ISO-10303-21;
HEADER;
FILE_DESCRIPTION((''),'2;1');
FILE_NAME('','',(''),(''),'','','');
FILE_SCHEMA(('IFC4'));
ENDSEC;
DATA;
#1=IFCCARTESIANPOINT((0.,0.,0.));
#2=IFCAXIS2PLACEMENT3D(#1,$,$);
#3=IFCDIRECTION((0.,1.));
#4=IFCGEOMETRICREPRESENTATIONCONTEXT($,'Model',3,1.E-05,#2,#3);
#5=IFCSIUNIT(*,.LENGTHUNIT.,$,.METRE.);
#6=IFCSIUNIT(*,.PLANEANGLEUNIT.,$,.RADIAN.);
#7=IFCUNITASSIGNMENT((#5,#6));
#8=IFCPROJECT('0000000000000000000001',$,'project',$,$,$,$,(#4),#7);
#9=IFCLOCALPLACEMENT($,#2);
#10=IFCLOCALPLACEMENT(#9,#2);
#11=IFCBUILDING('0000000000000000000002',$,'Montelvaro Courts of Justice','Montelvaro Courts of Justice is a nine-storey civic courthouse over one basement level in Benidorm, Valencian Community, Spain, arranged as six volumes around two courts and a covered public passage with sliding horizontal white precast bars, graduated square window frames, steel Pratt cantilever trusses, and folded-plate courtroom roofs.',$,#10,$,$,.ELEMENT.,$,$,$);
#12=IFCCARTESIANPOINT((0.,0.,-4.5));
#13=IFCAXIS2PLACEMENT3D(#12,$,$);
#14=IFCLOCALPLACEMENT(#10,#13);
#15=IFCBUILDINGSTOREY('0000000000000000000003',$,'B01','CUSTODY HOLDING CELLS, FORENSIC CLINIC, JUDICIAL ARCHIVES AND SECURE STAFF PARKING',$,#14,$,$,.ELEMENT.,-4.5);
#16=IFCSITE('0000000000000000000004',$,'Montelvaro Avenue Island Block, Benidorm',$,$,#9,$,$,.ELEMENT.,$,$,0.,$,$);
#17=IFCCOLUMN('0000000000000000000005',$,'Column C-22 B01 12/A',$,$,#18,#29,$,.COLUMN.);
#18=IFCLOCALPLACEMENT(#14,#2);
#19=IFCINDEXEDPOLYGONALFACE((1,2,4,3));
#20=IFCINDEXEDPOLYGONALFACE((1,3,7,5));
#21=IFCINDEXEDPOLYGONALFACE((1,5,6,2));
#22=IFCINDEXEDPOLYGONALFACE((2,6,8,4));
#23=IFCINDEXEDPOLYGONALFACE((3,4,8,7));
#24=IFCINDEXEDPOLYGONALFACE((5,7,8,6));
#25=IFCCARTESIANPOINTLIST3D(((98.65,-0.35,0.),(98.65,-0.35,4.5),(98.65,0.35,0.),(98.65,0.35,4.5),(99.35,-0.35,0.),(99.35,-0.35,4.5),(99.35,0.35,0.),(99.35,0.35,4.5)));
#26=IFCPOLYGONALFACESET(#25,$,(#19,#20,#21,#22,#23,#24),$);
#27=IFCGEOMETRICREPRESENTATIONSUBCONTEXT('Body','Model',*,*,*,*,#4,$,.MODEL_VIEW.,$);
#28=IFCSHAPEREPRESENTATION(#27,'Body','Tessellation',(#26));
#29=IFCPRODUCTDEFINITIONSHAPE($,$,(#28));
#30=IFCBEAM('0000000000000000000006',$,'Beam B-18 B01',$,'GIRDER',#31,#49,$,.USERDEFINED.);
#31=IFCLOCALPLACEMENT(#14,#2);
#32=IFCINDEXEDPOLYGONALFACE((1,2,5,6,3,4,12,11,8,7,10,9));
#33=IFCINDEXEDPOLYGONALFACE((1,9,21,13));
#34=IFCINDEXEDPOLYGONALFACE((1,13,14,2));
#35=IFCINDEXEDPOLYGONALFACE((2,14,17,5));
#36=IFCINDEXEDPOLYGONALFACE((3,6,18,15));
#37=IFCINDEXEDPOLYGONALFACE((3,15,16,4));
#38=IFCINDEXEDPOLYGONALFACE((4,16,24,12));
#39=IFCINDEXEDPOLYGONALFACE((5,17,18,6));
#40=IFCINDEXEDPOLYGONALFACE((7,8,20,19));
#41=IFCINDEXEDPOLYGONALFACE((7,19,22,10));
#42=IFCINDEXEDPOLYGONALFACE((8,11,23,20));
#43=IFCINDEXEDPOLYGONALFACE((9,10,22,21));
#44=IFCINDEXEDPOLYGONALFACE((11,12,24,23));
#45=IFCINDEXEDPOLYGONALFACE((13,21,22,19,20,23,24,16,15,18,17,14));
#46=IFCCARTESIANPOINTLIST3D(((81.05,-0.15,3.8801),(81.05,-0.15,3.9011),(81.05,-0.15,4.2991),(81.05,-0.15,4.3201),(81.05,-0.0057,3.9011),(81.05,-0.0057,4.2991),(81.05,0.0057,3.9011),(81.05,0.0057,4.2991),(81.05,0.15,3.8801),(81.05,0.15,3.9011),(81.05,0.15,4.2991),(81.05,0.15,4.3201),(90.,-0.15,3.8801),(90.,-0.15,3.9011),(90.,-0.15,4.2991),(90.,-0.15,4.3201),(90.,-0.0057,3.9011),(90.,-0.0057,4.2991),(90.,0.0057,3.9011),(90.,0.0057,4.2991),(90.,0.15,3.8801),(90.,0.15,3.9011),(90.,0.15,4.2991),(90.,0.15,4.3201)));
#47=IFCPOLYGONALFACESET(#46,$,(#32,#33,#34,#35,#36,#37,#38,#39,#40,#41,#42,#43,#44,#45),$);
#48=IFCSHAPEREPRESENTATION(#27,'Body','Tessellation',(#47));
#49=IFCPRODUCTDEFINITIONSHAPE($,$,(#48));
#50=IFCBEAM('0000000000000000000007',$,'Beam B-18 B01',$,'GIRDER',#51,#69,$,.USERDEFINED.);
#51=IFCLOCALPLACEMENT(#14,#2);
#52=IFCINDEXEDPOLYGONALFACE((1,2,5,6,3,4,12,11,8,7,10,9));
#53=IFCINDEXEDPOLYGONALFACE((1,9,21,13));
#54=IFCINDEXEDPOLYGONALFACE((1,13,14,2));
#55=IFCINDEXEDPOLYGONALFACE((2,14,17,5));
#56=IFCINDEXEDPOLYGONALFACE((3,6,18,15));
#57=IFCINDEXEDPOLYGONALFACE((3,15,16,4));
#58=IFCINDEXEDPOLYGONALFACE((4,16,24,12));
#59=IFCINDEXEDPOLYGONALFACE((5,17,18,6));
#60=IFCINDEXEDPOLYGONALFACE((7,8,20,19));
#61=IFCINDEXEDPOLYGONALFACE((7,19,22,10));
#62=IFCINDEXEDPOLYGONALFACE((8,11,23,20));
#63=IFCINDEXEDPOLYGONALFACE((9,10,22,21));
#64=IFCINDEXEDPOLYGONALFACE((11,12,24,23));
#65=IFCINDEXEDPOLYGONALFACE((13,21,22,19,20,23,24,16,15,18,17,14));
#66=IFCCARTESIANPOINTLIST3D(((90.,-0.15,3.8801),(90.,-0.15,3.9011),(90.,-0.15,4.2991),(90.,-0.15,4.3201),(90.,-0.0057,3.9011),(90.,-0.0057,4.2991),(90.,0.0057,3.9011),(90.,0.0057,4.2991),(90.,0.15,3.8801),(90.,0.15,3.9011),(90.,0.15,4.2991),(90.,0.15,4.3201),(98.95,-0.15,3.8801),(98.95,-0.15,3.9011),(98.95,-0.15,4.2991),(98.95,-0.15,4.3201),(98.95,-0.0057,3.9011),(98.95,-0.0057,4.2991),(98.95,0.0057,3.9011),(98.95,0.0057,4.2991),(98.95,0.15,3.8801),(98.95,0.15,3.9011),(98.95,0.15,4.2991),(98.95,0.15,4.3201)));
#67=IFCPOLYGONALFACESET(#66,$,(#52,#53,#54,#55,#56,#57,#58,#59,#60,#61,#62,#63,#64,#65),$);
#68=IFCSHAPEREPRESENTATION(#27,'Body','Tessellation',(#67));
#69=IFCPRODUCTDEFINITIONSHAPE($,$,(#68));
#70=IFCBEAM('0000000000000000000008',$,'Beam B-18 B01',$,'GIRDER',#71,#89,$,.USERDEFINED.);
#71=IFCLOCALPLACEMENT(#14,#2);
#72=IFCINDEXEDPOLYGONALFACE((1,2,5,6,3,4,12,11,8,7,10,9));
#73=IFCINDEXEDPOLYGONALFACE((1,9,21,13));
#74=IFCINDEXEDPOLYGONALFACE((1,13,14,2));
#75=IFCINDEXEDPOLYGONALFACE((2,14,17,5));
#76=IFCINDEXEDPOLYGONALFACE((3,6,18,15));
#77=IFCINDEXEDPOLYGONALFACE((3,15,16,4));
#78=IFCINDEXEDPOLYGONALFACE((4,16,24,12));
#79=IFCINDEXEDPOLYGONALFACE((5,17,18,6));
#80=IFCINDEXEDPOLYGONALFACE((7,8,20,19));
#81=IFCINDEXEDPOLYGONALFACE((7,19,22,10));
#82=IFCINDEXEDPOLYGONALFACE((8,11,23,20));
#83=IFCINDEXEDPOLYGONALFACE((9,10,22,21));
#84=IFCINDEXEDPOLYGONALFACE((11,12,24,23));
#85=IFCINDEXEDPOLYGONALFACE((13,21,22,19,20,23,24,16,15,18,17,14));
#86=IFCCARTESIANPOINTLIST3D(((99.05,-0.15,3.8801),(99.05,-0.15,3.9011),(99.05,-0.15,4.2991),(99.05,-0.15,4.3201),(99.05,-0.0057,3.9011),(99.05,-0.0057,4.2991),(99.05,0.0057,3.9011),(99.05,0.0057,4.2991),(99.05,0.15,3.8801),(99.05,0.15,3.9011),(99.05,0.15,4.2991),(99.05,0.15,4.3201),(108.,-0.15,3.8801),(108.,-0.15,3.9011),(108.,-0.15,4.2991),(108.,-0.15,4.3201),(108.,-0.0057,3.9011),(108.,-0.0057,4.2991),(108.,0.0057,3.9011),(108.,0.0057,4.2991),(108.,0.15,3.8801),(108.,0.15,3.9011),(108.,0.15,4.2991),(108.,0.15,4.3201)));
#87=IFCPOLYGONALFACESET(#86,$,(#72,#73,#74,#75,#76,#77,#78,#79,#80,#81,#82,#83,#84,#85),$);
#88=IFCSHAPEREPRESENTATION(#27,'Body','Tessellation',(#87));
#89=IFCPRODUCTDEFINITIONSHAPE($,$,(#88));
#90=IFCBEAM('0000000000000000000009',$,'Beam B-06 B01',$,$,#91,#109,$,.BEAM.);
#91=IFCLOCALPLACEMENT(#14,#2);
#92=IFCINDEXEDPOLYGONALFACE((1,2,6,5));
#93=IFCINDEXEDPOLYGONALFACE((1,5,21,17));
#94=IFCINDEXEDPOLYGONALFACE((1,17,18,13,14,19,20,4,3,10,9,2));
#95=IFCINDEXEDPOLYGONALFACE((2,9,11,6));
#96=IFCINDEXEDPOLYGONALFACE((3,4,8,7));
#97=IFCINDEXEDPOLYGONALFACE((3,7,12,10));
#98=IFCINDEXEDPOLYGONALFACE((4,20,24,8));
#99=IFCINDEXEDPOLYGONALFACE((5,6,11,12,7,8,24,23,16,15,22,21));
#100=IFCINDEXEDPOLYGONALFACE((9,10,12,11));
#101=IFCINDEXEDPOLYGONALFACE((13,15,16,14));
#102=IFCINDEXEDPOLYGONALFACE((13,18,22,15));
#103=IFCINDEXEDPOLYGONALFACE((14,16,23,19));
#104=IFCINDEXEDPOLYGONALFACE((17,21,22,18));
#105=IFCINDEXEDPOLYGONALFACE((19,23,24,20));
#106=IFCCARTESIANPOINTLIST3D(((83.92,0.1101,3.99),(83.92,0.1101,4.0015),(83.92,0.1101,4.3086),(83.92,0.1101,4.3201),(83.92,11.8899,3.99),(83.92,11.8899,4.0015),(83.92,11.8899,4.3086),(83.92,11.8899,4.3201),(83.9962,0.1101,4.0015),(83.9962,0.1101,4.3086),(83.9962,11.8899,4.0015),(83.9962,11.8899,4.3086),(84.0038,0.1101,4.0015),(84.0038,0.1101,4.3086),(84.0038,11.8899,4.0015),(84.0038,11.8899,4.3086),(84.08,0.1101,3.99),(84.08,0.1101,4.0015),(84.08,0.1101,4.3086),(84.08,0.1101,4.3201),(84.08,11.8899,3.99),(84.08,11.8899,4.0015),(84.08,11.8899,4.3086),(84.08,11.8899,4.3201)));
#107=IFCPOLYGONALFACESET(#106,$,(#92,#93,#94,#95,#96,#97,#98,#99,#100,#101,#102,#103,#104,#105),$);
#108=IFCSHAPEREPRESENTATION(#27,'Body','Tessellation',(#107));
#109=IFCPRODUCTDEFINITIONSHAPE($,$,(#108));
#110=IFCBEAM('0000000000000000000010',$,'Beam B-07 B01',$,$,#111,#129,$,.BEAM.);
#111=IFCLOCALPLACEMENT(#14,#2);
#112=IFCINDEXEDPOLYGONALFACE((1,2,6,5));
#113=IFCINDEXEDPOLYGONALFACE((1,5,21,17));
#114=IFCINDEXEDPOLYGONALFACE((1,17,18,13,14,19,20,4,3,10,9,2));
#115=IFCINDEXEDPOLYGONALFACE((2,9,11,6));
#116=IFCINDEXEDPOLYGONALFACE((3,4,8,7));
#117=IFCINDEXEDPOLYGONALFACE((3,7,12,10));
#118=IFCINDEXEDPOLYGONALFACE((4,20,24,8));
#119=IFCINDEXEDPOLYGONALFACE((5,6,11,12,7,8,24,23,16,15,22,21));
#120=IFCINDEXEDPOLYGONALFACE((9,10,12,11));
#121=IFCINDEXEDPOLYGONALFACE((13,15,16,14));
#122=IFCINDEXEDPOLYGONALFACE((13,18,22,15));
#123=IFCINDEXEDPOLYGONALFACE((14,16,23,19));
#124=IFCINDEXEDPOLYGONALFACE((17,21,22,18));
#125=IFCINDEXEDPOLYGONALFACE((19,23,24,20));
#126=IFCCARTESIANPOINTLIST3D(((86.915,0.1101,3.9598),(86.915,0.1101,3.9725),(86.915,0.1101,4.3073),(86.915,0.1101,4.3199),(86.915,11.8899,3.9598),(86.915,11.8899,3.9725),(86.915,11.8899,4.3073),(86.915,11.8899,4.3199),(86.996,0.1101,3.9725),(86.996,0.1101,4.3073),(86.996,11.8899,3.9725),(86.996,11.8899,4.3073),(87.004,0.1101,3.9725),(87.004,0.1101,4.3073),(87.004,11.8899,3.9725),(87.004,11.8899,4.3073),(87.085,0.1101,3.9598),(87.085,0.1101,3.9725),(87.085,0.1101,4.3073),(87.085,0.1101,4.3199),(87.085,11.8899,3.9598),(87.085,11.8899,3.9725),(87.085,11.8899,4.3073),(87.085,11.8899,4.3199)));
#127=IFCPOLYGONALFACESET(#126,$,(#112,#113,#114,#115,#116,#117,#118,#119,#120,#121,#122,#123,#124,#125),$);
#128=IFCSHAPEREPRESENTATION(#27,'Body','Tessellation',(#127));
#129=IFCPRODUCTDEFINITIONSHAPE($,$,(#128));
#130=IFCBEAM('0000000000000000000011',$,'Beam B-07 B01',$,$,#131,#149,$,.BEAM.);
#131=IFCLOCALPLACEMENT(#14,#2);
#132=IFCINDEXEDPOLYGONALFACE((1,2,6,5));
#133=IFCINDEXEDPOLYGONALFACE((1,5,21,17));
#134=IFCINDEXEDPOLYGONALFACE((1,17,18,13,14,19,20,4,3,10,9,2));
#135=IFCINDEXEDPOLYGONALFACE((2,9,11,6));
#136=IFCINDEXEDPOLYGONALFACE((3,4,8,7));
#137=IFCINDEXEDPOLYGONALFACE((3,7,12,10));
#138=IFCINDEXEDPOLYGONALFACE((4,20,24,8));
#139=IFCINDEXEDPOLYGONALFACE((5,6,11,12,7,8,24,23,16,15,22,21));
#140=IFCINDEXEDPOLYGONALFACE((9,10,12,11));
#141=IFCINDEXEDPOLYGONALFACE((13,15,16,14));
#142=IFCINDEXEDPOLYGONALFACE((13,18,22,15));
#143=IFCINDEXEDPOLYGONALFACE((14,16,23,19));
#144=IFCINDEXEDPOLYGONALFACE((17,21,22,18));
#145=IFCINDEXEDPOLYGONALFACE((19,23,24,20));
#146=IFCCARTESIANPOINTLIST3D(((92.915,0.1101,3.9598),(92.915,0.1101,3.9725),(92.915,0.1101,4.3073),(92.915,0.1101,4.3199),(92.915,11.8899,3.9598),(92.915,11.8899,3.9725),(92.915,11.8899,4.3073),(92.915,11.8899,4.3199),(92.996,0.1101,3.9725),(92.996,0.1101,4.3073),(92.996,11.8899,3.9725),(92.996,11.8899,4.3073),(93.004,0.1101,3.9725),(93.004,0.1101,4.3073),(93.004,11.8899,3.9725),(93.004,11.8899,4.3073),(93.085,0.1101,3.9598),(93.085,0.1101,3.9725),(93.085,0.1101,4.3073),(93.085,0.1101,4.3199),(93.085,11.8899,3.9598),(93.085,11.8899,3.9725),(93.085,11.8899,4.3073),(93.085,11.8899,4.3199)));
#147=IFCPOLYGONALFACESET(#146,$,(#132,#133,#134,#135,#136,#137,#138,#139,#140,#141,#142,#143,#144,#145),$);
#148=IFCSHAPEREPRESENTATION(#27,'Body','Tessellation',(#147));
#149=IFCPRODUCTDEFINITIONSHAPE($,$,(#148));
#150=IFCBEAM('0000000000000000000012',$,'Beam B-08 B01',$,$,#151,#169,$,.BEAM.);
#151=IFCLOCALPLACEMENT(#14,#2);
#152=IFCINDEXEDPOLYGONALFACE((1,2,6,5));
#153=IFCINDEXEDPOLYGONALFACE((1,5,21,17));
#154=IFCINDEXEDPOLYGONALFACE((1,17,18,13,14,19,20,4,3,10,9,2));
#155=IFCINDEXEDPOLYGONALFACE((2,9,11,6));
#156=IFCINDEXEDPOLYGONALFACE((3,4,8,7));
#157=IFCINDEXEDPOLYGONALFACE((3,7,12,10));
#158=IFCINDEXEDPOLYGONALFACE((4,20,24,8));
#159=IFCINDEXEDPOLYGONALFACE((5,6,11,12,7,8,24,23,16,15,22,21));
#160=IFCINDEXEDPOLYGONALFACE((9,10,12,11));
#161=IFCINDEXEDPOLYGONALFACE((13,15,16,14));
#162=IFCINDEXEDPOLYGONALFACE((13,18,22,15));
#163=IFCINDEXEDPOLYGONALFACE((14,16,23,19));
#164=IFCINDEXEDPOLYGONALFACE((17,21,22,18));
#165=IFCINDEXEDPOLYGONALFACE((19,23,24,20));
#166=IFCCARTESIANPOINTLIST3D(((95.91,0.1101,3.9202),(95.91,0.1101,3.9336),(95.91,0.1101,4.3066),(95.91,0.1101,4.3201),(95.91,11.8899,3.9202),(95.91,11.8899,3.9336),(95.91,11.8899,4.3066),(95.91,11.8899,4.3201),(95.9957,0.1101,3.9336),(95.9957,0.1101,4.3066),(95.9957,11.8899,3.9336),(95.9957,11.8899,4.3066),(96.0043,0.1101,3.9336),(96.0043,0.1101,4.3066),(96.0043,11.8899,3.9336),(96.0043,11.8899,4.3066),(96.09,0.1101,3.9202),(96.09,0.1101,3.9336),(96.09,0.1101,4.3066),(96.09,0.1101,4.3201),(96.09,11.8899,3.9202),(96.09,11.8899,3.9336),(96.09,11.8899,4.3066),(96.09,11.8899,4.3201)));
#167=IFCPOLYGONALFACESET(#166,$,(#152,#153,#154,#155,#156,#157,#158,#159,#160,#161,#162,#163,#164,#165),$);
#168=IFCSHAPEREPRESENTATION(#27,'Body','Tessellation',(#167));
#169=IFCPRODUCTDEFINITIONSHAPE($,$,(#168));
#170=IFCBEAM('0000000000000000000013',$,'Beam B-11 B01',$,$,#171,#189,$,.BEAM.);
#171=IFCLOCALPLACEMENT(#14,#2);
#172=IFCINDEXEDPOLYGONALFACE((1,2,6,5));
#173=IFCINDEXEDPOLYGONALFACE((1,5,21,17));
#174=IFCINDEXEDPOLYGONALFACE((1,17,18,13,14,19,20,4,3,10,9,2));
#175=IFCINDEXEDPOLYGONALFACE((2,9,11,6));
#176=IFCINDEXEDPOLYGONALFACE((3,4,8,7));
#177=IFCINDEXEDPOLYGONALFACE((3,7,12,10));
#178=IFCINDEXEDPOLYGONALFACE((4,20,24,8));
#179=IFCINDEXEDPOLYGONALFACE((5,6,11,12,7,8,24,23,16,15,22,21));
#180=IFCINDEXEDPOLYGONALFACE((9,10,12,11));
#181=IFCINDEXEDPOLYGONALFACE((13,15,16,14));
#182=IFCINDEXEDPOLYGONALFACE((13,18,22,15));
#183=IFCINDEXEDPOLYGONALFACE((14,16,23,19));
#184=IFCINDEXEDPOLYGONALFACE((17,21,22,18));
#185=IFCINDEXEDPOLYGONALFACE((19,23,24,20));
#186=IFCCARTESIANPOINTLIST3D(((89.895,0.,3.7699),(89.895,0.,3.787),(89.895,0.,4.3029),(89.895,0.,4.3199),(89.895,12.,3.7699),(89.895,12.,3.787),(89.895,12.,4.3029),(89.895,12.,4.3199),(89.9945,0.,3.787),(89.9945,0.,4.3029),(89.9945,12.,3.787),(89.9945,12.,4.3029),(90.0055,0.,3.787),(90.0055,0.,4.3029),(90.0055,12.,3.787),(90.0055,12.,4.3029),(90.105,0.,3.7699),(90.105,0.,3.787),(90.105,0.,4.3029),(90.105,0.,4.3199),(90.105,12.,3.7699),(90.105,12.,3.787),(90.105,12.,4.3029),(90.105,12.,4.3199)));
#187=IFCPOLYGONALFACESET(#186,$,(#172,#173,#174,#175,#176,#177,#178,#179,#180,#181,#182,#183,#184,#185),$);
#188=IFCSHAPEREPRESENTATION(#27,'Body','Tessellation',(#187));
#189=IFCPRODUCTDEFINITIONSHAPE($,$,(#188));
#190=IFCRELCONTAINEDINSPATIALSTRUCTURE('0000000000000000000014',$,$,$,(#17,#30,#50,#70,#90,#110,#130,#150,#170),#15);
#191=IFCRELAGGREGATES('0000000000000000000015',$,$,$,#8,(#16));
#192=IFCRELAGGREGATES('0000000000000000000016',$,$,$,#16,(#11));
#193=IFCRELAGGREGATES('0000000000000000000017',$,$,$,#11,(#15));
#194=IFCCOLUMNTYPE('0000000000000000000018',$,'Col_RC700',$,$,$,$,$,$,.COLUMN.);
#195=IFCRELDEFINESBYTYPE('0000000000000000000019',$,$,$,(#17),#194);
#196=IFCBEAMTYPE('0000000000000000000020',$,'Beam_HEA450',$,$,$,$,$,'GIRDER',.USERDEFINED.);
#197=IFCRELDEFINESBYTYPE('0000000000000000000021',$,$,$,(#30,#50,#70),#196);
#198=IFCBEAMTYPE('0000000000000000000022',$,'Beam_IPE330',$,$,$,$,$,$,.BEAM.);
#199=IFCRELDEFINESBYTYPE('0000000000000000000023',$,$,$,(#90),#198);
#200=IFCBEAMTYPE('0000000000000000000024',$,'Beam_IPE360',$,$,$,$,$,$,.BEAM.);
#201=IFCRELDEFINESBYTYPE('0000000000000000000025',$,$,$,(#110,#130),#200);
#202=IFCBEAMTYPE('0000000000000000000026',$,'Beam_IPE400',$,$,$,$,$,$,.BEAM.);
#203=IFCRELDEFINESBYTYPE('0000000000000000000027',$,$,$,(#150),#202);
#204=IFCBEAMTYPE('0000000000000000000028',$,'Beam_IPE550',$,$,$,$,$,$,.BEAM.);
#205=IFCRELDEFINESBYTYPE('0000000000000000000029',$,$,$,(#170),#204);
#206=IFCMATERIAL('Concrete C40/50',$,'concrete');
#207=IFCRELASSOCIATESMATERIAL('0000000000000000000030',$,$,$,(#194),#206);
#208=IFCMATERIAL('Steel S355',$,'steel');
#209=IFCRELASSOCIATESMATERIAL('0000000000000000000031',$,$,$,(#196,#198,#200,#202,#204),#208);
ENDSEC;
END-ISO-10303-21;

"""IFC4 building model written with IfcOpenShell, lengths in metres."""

from ifc_helpers import new_model, si_unit, direction, frame, origin, origin_2d, place, context, subcontext, project, spatial, rectangle, i_section, extrude, material, material_profile, profile_set, type_object, element, save


model = new_model("IFC4")

# Units and contexts
model_context = context("Model", 3, precision=1e-05, world=origin(), true_north=direction((0.0, 1.0)))
body_context = subcontext(model_context, "Body", "Model", "MODEL_VIEW")
ifc_project = project(units=[si_unit("LENGTHUNIT", "METRE"), si_unit("PLANEANGLEUNIT", "RADIAN")], contexts=[model_context])

# Site, building, storey
site_placement = place(None, origin())
site = spatial("IfcSite", under=ifc_project, at=site_placement, Name="Montelvaro Avenue Island Block, Benidorm", CompositionType="ELEMENT", RefElevation=0.0)
building_placement = place(site_placement, origin())
building = spatial("IfcBuilding", under=site, at=building_placement, Name="Montelvaro Courts of Justice", Description="Montelvaro Courts of Justice is a nine-storey civic courthouse over one basement level in Benidorm, Valencian Community, Spain, arranged as six volumes around two courts and a covered public passage with sliding horizontal white precast bars, graduated square window frames, steel Pratt cantilever trusses, and folded-plate courtroom roofs.", CompositionType="ELEMENT")
storey_placement = place(building_placement, frame((0.0, 0.0, -4.5)))
storey = spatial("IfcBuildingStorey", under=building, at=storey_placement, Name="B01", Description="CUSTODY HOLDING CELLS, FORENSIC CLINIC, JUDICIAL ARCHIVES AND SECURE STAFF PARKING", CompositionType="ELEMENT", Elevation=-4.5)

# Column
ifc_material_1 = material(Name="Concrete C40/50", Category="concrete")
ifc_material_profile_1 = material_profile(ifc_material_1, rectangle(XDim=0.7, YDim=0.7, at=origin_2d()), Name="RC 700x700")
ifc_profile_set_1 = profile_set([ifc_material_profile_1], Name="Concrete C40/50")
column_type = type_object("IfcColumnType", Name="Col_RC700", PredefinedType="COLUMN", material=ifc_profile_set_1)
for number, where, z_axis, x_axis, name in (
    (1, (99.0, 0.0, 0.0), (0.0, 0.0, 1.0), (1.0, 0.0, 0.0), "Column C-22 B01 12/A"),
):
    element("IfcColumn", number, at=place(storey_placement, frame(where, z_axis=z_axis, x_axis=x_axis)), inside=storey, type_object=column_type, Name=name, PredefinedType="COLUMN", context=body_context, shape_type="SweptSolid", body=[
        extrude(rectangle(XDim=0.7, YDim=0.7, at=origin_2d()), origin(), (0.0, 0.0, 1.0), 4.5),
    ])

# Beams
ifc_material_2 = material(Name="Steel S355", Category="steel")
ifc_material_profile_2 = material_profile(ifc_material_2, i_section(OverallWidth=0.3, OverallDepth=0.4399, WebThickness=0.0115, FlangeThickness=0.021, at=origin_2d()), Name="HEA 450")
ifc_profile_set_2 = profile_set([ifc_material_profile_2], Name="Steel S355")
beam_type_1 = type_object("IfcBeamType", Name="Beam_HEA450", ElementType="GIRDER", PredefinedType="USERDEFINED", material=ifc_profile_set_2)
for number, where, z_axis, x_axis, name in (
    (2, (81.05, 0.0, 4.1001), (1.0, 0.0, 0.0), (0.0, 1.0, 0.0), "Beam B-18 B01"),
    (3, (90.0, 0.0, 4.1001), (1.0, 0.0, 0.0), (0.0, 1.0, 0.0), "Beam B-18 B01"),
    (4, (99.05, 0.0, 4.1001), (1.0, 0.0, 0.0), (0.0, 1.0, 0.0), "Beam B-18 B01"),
):
    element("IfcBeam", number, at=place(storey_placement, frame(where, z_axis=z_axis, x_axis=x_axis)), inside=storey, type_object=beam_type_1, Name=name, ObjectType="GIRDER", PredefinedType="USERDEFINED", context=body_context, shape_type="SweptSolid", body=[
        extrude(i_section(OverallWidth=0.3, OverallDepth=0.4399, WebThickness=0.0115, FlangeThickness=0.021, at=origin_2d()), origin(), (0.0, 0.0, 1.0), 8.95),
    ])
ifc_material_profile_3 = material_profile(ifc_material_2, i_section(OverallWidth=0.1599, OverallDepth=0.3301, WebThickness=0.0076, FlangeThickness=0.0115, at=origin_2d()), Name="IPE 330")
ifc_profile_set_3 = profile_set([ifc_material_profile_3], Name="Steel S355")
beam_type_2 = type_object("IfcBeamType", Name="Beam_IPE330", PredefinedType="BEAM", material=ifc_profile_set_3)
beam_1_placement = place(storey_placement, frame((84.0, 0.1101, 4.155), z_axis=(0.0, 1.0, 0.0), x_axis=(-1.0, 0.0, 0.0)))
element("IfcBeam", 5, at=beam_1_placement, inside=storey, type_object=beam_type_2, Name="Beam B-06 B01", PredefinedType="BEAM", context=body_context, shape_type="SweptSolid", body=[
    extrude(i_section(OverallWidth=0.1599, OverallDepth=0.3301, WebThickness=0.0076, FlangeThickness=0.0115, at=origin_2d()), origin(), (0.0, 0.0, 1.0), 11.7798),
])
ifc_material_profile_4 = material_profile(ifc_material_2, i_section(OverallWidth=0.1699, OverallDepth=0.3601, WebThickness=0.0081, FlangeThickness=0.0127, at=origin_2d()), Name="IPE 360")
ifc_profile_set_4 = profile_set([ifc_material_profile_4], Name="Steel S355")
beam_type_3 = type_object("IfcBeamType", Name="Beam_IPE360", PredefinedType="BEAM", material=ifc_profile_set_4)
for number, where, z_axis, x_axis, name in (
    (6, (87.0, 0.1101, 4.1399), (0.0, 1.0, 0.0), (-1.0, 0.0, 0.0), "Beam B-07 B01"),
    (7, (93.0, 0.1101, 4.1399), (0.0, 1.0, 0.0), (-1.0, 0.0, 0.0), "Beam B-07 B01"),
):
    element("IfcBeam", number, at=place(storey_placement, frame(where, z_axis=z_axis, x_axis=x_axis)), inside=storey, type_object=beam_type_3, Name=name, PredefinedType="BEAM", context=body_context, shape_type="SweptSolid", body=[
        extrude(i_section(OverallWidth=0.1699, OverallDepth=0.3601, WebThickness=0.0081, FlangeThickness=0.0127, at=origin_2d()), origin(), (0.0, 0.0, 1.0), 11.7798),
    ])
ifc_material_profile_5 = material_profile(ifc_material_2, i_section(OverallWidth=0.1799, OverallDepth=0.3999, WebThickness=0.0085, FlangeThickness=0.0134, at=origin_2d()), Name="IPE 400")
ifc_profile_set_5 = profile_set([ifc_material_profile_5], Name="Steel S355")
beam_type_4 = type_object("IfcBeamType", Name="Beam_IPE400", PredefinedType="BEAM", material=ifc_profile_set_5)
beam_2_placement = place(storey_placement, frame((96.0, 0.1101, 4.1201), z_axis=(0.0, 1.0, 0.0), x_axis=(-1.0, 0.0, 0.0)))
element("IfcBeam", 8, at=beam_2_placement, inside=storey, type_object=beam_type_4, Name="Beam B-08 B01", PredefinedType="BEAM", context=body_context, shape_type="SweptSolid", body=[
    extrude(i_section(OverallWidth=0.1799, OverallDepth=0.3999, WebThickness=0.0085, FlangeThickness=0.0134, at=origin_2d()), origin(), (0.0, 0.0, 1.0), 11.7798),
])
ifc_material_profile_6 = material_profile(ifc_material_2, i_section(OverallWidth=0.21, OverallDepth=0.55, WebThickness=0.011, FlangeThickness=0.0171, at=origin_2d()), Name="IPE 550")
ifc_profile_set_6 = profile_set([ifc_material_profile_6], Name="Steel S355")
beam_type_5 = type_object("IfcBeamType", Name="Beam_IPE550", PredefinedType="BEAM", material=ifc_profile_set_6)
beam_3_placement = place(storey_placement, frame((90.0, 0.0, 4.0449), z_axis=(0.0, 1.0, 0.0), x_axis=(-1.0, 0.0, 0.0)))
element("IfcBeam", 9, at=beam_3_placement, inside=storey, type_object=beam_type_5, Name="Beam B-11 B01", PredefinedType="BEAM", context=body_context, shape_type="SweptSolid", body=[
    extrude(i_section(OverallWidth=0.21, OverallDepth=0.55, WebThickness=0.011, FlangeThickness=0.0171, at=origin_2d()), origin(), (0.0, 0.0, 1.0), 12.0),
])

save(model, "model.ifc")
